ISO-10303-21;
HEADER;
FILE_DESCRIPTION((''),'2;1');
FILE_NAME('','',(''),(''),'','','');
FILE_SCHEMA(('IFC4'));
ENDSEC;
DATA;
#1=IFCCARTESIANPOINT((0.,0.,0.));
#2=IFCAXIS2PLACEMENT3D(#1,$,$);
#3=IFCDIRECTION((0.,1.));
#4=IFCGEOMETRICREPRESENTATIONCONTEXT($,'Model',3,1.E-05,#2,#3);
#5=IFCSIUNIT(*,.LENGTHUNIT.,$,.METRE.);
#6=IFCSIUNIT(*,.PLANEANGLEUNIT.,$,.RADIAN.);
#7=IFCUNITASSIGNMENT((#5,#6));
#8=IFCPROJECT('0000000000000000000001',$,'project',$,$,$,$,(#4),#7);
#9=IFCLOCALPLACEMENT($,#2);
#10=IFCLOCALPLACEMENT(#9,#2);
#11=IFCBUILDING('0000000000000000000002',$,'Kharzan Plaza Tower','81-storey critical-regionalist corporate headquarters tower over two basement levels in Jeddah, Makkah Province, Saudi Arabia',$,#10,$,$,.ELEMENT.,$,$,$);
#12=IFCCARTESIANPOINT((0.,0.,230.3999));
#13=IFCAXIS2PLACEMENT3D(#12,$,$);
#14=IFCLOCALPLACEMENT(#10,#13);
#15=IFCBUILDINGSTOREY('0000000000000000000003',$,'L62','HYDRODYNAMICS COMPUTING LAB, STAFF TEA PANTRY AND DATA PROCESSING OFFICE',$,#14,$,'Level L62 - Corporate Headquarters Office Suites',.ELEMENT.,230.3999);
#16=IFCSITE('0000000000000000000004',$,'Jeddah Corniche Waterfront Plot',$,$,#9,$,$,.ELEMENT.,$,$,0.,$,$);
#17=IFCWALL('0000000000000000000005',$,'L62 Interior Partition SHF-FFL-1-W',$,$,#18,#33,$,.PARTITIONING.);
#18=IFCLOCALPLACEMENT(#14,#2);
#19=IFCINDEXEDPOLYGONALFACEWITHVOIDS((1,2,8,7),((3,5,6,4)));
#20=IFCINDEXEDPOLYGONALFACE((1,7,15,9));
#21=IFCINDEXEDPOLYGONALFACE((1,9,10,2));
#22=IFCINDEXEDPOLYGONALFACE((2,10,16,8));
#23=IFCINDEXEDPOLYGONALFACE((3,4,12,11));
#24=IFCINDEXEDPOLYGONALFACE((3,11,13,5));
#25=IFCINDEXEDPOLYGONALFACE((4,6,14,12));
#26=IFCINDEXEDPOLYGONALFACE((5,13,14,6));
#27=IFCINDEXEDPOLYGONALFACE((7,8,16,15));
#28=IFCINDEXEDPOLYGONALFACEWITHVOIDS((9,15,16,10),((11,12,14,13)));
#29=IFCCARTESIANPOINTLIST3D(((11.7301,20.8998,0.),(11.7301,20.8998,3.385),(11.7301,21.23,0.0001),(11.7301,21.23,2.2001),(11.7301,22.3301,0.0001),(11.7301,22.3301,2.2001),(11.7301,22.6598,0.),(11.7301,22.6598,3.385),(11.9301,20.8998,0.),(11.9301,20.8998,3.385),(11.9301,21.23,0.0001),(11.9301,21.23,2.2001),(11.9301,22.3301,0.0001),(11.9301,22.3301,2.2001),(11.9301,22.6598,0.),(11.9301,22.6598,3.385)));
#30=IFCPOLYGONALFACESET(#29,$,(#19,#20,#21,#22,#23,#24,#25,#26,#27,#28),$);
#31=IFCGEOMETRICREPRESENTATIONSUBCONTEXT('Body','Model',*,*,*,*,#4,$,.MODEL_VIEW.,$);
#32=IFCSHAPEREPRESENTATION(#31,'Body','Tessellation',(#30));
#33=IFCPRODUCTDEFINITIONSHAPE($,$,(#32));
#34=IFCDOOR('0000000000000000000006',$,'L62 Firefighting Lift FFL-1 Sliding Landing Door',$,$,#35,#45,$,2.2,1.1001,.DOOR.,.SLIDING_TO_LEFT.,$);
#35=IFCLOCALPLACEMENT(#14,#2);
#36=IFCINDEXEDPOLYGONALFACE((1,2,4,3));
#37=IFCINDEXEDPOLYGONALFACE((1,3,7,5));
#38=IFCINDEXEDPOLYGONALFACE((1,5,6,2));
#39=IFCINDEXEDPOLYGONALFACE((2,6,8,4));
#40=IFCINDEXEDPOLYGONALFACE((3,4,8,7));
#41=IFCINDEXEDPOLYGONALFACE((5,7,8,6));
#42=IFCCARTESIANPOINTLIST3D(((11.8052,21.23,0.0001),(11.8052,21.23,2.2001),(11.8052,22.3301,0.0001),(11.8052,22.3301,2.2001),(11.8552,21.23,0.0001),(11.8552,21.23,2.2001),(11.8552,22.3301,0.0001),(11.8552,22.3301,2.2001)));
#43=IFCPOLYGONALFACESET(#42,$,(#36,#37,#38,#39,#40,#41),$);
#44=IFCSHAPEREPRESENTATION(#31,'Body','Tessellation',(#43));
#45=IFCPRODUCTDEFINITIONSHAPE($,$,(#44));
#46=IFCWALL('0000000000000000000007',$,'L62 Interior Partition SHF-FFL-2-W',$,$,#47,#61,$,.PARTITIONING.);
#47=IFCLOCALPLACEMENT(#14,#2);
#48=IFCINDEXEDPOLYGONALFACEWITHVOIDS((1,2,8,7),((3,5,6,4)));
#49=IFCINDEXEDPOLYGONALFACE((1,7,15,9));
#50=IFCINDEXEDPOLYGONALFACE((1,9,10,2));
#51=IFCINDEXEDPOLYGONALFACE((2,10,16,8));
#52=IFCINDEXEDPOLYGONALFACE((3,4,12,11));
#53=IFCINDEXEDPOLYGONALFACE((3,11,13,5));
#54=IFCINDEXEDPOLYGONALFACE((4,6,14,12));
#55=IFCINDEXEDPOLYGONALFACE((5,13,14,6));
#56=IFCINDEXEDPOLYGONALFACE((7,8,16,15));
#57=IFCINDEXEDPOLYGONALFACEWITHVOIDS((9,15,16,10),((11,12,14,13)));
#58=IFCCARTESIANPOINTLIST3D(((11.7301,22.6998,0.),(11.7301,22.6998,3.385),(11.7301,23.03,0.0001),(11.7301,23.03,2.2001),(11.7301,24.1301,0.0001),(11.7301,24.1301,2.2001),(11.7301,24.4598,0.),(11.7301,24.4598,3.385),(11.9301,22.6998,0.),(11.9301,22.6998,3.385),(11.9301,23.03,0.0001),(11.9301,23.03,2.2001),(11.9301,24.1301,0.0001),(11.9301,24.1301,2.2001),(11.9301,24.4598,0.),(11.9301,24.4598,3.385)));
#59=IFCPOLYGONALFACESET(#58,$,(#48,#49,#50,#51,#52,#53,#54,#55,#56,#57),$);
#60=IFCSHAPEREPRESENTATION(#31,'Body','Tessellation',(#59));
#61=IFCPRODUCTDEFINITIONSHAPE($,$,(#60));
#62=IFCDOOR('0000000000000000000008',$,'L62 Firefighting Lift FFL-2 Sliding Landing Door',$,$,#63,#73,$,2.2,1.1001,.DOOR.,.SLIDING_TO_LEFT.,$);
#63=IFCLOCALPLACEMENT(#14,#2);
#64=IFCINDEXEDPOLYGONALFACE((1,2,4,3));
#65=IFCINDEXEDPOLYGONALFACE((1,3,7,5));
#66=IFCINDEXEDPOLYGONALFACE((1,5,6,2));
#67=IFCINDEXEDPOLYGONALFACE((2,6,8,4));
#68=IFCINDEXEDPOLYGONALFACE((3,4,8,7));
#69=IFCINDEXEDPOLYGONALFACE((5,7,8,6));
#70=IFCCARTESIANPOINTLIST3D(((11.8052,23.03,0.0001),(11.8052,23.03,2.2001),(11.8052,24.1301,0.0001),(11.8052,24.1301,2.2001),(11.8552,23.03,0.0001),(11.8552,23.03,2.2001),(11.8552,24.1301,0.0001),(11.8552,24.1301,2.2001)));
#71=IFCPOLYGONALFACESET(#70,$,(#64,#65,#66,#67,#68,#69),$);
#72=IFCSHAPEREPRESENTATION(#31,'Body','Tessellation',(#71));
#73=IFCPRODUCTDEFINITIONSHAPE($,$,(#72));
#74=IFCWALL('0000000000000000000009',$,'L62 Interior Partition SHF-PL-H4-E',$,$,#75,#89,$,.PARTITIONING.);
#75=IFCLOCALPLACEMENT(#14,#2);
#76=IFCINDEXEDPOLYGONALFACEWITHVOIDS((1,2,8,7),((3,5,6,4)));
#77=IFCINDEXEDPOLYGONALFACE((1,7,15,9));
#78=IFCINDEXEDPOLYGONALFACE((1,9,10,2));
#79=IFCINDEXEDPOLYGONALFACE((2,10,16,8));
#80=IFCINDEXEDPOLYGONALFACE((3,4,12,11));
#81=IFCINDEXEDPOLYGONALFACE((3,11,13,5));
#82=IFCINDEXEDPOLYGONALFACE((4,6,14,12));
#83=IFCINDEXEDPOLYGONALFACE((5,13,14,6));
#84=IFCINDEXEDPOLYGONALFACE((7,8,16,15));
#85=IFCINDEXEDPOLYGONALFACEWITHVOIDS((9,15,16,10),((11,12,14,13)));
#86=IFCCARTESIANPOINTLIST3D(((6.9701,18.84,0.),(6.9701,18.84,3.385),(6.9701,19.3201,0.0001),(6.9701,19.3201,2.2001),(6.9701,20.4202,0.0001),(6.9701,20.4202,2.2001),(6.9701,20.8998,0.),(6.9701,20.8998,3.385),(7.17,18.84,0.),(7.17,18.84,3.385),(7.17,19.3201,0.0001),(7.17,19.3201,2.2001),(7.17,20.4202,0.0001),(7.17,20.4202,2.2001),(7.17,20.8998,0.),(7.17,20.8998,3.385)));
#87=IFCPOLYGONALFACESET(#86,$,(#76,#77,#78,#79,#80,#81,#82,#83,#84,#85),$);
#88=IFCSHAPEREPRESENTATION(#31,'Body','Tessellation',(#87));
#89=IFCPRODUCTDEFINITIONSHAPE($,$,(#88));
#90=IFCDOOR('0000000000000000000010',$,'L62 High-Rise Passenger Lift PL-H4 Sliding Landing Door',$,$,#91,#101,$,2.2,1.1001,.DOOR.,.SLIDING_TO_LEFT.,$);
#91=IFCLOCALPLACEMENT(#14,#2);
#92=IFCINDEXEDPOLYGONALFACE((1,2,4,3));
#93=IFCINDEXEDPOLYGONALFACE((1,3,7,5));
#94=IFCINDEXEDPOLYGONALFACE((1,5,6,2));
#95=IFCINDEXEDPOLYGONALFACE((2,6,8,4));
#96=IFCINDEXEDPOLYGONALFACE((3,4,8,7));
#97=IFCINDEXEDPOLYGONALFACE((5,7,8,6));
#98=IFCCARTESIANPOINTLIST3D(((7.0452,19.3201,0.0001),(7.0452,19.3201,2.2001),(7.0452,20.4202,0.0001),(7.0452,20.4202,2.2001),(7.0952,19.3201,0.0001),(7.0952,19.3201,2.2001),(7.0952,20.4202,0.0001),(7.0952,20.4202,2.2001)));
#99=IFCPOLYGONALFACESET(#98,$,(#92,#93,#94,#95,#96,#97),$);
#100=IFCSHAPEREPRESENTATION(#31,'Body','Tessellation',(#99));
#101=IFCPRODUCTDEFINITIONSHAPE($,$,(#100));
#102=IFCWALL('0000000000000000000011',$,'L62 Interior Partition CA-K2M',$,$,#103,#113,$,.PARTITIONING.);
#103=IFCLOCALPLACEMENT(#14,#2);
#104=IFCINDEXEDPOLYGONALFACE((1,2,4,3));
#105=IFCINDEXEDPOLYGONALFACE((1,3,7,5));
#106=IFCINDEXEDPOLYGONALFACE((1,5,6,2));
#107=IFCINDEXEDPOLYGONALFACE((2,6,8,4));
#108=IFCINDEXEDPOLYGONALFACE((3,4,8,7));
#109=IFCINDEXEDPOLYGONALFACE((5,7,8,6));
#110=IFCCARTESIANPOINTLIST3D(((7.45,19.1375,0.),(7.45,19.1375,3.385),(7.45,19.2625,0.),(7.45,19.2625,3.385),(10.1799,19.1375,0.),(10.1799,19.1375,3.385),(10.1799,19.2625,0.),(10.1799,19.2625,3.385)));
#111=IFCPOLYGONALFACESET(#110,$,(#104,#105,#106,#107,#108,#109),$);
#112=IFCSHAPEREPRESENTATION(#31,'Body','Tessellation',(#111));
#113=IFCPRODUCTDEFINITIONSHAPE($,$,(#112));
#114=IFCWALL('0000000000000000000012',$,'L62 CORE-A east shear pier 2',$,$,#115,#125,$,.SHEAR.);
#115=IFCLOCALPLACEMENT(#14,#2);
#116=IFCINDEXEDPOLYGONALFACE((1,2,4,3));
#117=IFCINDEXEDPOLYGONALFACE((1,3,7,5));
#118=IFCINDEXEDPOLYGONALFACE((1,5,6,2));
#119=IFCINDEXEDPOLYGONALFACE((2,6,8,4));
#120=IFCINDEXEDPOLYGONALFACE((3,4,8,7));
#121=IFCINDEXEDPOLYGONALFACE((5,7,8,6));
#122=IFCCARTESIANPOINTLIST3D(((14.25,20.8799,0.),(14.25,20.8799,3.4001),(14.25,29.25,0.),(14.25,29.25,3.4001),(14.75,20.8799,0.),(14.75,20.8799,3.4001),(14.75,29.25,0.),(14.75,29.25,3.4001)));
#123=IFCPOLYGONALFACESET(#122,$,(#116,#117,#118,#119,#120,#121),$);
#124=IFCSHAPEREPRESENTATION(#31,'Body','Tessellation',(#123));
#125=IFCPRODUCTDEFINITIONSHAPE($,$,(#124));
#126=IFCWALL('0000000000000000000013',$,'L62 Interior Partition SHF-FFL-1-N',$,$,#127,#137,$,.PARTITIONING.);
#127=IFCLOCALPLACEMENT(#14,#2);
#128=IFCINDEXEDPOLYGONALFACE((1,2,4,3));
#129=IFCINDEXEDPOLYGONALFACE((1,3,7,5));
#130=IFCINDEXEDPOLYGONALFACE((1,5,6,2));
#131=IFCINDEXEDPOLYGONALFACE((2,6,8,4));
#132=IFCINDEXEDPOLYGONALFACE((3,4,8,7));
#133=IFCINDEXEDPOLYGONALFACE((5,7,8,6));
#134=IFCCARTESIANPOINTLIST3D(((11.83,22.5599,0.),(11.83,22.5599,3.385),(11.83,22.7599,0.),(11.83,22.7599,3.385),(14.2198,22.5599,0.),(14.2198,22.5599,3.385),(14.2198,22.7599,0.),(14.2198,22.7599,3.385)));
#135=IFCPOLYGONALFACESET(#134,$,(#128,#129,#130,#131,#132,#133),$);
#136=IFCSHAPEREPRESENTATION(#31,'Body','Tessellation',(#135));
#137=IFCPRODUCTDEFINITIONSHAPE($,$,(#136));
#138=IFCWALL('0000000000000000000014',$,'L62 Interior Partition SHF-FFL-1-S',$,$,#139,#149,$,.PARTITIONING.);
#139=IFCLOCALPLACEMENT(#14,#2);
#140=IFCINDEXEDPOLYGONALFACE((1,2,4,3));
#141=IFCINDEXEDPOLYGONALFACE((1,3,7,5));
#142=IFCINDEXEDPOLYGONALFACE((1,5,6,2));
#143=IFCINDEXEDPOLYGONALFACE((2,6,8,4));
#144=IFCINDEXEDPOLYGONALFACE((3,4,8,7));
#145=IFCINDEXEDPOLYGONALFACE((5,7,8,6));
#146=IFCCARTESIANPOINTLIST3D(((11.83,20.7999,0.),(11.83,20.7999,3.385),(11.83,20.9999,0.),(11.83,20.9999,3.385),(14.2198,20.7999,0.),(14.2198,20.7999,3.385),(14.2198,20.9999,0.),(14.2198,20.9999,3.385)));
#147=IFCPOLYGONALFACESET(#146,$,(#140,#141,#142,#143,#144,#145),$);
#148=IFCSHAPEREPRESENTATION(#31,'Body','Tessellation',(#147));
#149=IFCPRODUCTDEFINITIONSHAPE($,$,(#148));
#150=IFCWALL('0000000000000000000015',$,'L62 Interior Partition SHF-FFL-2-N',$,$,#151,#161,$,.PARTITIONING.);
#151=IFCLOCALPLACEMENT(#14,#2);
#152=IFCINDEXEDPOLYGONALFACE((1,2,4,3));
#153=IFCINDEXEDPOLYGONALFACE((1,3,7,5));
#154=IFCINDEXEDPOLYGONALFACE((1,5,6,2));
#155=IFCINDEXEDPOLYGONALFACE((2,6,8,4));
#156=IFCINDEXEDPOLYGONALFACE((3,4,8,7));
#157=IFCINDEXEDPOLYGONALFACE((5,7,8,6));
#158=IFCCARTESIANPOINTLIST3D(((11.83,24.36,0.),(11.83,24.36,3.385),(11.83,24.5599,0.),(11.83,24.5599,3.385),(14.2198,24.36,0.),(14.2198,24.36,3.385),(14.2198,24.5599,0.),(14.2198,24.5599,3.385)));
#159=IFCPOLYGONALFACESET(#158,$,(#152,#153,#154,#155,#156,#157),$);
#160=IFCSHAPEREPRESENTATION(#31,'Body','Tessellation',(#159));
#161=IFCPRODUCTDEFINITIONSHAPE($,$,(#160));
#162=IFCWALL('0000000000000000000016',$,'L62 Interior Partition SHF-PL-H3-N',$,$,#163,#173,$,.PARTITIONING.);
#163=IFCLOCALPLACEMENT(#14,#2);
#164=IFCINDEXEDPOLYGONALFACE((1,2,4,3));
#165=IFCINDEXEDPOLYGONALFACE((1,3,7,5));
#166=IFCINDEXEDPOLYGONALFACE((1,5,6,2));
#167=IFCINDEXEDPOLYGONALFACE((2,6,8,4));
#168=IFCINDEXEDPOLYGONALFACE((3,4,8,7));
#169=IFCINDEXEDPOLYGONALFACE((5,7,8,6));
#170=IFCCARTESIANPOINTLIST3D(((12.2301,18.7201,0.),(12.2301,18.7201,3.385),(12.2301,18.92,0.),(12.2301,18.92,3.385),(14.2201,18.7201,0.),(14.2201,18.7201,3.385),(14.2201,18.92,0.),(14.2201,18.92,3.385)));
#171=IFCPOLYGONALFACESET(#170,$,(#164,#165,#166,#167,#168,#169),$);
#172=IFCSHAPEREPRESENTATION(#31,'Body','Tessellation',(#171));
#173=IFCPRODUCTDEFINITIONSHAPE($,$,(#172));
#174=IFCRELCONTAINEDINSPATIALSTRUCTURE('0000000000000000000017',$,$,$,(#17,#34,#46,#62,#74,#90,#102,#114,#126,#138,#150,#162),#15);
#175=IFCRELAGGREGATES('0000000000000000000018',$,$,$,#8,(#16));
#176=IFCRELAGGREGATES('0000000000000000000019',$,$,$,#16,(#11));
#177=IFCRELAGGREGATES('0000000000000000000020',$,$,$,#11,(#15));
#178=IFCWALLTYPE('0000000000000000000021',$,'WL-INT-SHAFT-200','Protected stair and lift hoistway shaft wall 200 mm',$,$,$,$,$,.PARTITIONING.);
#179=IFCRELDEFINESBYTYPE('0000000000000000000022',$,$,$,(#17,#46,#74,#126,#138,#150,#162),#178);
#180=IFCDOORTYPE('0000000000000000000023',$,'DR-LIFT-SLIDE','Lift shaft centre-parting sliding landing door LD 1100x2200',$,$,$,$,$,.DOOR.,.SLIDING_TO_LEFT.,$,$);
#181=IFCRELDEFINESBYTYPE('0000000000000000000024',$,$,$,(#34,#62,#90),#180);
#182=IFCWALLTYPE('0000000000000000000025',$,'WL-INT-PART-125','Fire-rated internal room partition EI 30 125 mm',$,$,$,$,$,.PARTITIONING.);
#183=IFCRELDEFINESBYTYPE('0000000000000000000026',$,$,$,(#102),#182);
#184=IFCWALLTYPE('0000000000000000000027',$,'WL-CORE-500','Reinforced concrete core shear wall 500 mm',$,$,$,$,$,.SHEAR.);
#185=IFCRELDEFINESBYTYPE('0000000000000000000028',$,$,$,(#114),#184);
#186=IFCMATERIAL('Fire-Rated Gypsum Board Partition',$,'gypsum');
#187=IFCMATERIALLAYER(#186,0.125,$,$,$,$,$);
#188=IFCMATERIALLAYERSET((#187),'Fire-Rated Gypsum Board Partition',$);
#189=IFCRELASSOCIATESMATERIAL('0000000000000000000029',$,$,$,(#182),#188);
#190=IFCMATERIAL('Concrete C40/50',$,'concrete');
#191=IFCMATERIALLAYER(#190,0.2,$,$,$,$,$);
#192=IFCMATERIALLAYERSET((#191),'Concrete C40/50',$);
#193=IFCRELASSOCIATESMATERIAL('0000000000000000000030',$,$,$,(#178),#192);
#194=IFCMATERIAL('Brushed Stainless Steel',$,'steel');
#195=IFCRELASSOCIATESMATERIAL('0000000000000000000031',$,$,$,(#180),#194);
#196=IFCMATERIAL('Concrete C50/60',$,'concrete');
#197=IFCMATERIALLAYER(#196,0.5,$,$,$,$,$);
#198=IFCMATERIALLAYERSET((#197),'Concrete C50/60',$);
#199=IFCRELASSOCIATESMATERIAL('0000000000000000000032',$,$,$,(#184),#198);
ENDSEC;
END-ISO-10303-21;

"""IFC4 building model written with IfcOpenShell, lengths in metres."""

from ifc_helpers import new_model, si_unit, direction, frame, frame_2d, origin, place, context, subcontext, project, spatial, rectangle, extrude, source, transform, mapped, material, layer, layer_set, type_object, element, fill, save


model = new_model("IFC4")

# Units and contexts
model_context = context("Model", 3, precision=1e-05, world=origin(), true_north=direction((0.0, 1.0)))
body_context = subcontext(model_context, "Body", "Model", "MODEL_VIEW")
ifc_project = project(units=[si_unit("LENGTHUNIT", "METRE"), si_unit("PLANEANGLEUNIT", "RADIAN")], contexts=[model_context])

# Site, building, storey
site_placement = place(None, origin())
site = spatial("IfcSite", under=ifc_project, at=site_placement, Name="Jeddah Corniche Waterfront Plot", CompositionType="ELEMENT", RefElevation=0.0)
building_placement = place(site_placement, origin())
building = spatial("IfcBuilding", under=site, at=building_placement, Name="Kharzan Plaza Tower", Description="81-storey critical-regionalist corporate headquarters tower over two basement levels in Jeddah, Makkah Province, Saudi Arabia", CompositionType="ELEMENT")
storey_placement = place(building_placement, frame((0.0, 0.0, 230.3999)))
storey = spatial("IfcBuildingStorey", under=building, at=storey_placement, Name="L62", Description="HYDRODYNAMICS COMPUTING LAB, STAFF TEA PANTRY AND DATA PROCESSING OFFICE", LongName="Level L62 - Corporate Headquarters Office Suites", CompositionType="ELEMENT", Elevation=230.3999)

# Walls, openings, doors
ifc_material_1 = material(Name="Concrete C40/50", Category="concrete")
ifc_material_2 = material(Name="Fire-Rated Gypsum Board Partition", Category="gypsum")
ifc_layer_1 = layer(ifc_material_2, 0.125)
ifc_layer_set_1 = layer_set([ifc_layer_1], Name="Fire-Rated Gypsum Board Partition")
wall_type_1 = type_object("IfcWallType", Name="WL-INT-PART-125", Description="Fire-rated internal room partition EI 30 125 mm", PredefinedType="PARTITIONING", material=ifc_layer_set_1)
ifc_layer_2 = layer(ifc_material_1, 0.2)
ifc_layer_set_2 = layer_set([ifc_layer_2], Name="Concrete C40/50")
wall_type_2 = type_object("IfcWallType", Name="WL-INT-SHAFT-200", Description="Protected stair and lift hoistway shaft wall 200 mm", PredefinedType="PARTITIONING", material=ifc_layer_set_2)
wall_1_placement = place(storey_placement, frame((11.8301, 20.8999, 0.0), z_axis=(0.0, 0.0, 1.0), x_axis=(0.0, 1.0, 0.0)))
wall_1 = element("IfcWall", 1, at=wall_1_placement, inside=storey, type_object=wall_type_2, Name="L62 Interior Partition SHF-FFL-1-W", PredefinedType="PARTITIONING", context=body_context, shape_type="SweptSolid", body=[
    extrude(rectangle(XDim=1.76, YDim=0.2, at=frame_2d((0.8799, 0.0))), origin(), (0.0, 0.0, 1.0), 3.385),
])
opening_1_placement = place(wall_1_placement, frame((0.3301, 0.0, 0.0)))
opening_1 = element("IfcOpeningElement", 2, at=opening_1_placement, cuts=wall_1, PredefinedType="OPENING", context=body_context, shape_type="SweptSolid", body=[
    extrude(rectangle(XDim=1.1001, YDim=2.2, at=frame_2d((0.55, 1.1001))), frame((0.0, 0.1099, 0.0), z_axis=(0.0, -1.0, 0.0), x_axis=(1.0, 0.0, 0.0)), (0.0, 0.0, 1.0), 0.22),
])
ifc_material_3 = material(Name="Brushed Stainless Steel", Category="steel")
door_type_1 = type_object("IfcDoorType", Name="DR-LIFT-SLIDE", Description="Lift shaft centre-parting sliding landing door LD 1100x2200", OperationType="SLIDING_TO_LEFT", PredefinedType="DOOR", material=ifc_material_3)
shared_shape_1 = source(origin(), body_context, "Body", "SweptSolid", [
    extrude(rectangle(XDim=1.1001, YDim=2.2, at=frame_2d((0.55, 1.1001))), frame((0.0, 0.0249, 0.0), z_axis=(0.0, -1.0, 0.0), x_axis=(1.0, 0.0, 0.0)), (0.0, 0.0, 1.0), 0.05),
])
door_1_placement = place(opening_1_placement, origin())
door_1 = element("IfcDoor", 3, at=door_1_placement, inside=storey, type_object=door_type_1, Name="L62 Firefighting Lift FFL-1 Sliding Landing Door", OperationType="SLIDING_TO_LEFT", OverallHeight=2.2, OverallWidth=1.1001, PredefinedType="DOOR", context=body_context, shape_type="MappedRepresentation", body=[
    mapped(shared_shape_1, transform((0.0, 0.0, 0.0), x_axis=(1.0, 0.0, 0.0), y_axis=(0.0, 1.0, 0.0), z_axis=(0.0, 0.0, 1.0))),
])
fill(opening_1, door_1)
wall_2_placement = place(storey_placement, frame((11.8301, 22.7, 0.0), z_axis=(0.0, 0.0, 1.0), x_axis=(0.0, 1.0, 0.0)))
wall_2 = element("IfcWall", 4, at=wall_2_placement, inside=storey, type_object=wall_type_2, Name="L62 Interior Partition SHF-FFL-2-W", PredefinedType="PARTITIONING", context=body_context, shape_type="SweptSolid", body=[
    extrude(rectangle(XDim=1.76, YDim=0.2, at=frame_2d((0.8799, 0.0))), origin(), (0.0, 0.0, 1.0), 3.385),
])
opening_2_placement = place(wall_2_placement, frame((0.3301, 0.0, 0.0)))
opening_2 = element("IfcOpeningElement", 5, at=opening_2_placement, cuts=wall_2, PredefinedType="OPENING", context=body_context, shape_type="SweptSolid", body=[
    extrude(rectangle(XDim=1.1001, YDim=2.2, at=frame_2d((0.55, 1.1001))), frame((0.0, 0.1099, 0.0), z_axis=(0.0, -1.0, 0.0), x_axis=(1.0, 0.0, 0.0)), (0.0, 0.0, 1.0), 0.22),
])
door_2_placement = place(opening_2_placement, origin())
door_2 = element("IfcDoor", 6, at=door_2_placement, inside=storey, type_object=door_type_1, Name="L62 Firefighting Lift FFL-2 Sliding Landing Door", OperationType="SLIDING_TO_LEFT", OverallHeight=2.2, OverallWidth=1.1001, PredefinedType="DOOR", context=body_context, shape_type="MappedRepresentation", body=[
    mapped(shared_shape_1, transform((0.0, 0.0, 0.0), x_axis=(1.0, 0.0, 0.0), y_axis=(0.0, 1.0, 0.0), z_axis=(0.0, 0.0, 1.0))),
])
fill(opening_2, door_2)
wall_3_placement = place(storey_placement, frame((7.0701, 18.8401, 0.0), z_axis=(0.0, 0.0, 1.0), x_axis=(0.0, 1.0, 0.0)))
wall_3 = element("IfcWall", 7, at=wall_3_placement, inside=storey, type_object=wall_type_2, Name="L62 Interior Partition SHF-PL-H4-E", PredefinedType="PARTITIONING", context=body_context, shape_type="SweptSolid", body=[
    extrude(rectangle(XDim=2.0598, YDim=0.2, at=frame_2d((1.0298, 0.0))), origin(), (0.0, 0.0, 1.0), 3.385),
])
opening_3_placement = place(wall_3_placement, frame((0.48, 0.0, 0.0)))
opening_3 = element("IfcOpeningElement", 8, at=opening_3_placement, cuts=wall_3, PredefinedType="OPENING", context=body_context, shape_type="SweptSolid", body=[
    extrude(rectangle(XDim=1.1001, YDim=2.2, at=frame_2d((0.55, 1.1001))), frame((0.0, 0.1099, 0.0), z_axis=(0.0, -1.0, 0.0), x_axis=(1.0, 0.0, 0.0)), (0.0, 0.0, 1.0), 0.22),
])
door_3_placement = place(opening_3_placement, origin())
door_3 = element("IfcDoor", 9, at=door_3_placement, inside=storey, type_object=door_type_1, Name="L62 High-Rise Passenger Lift PL-H4 Sliding Landing Door", OperationType="SLIDING_TO_LEFT", OverallHeight=2.2, OverallWidth=1.1001, PredefinedType="DOOR", context=body_context, shape_type="MappedRepresentation", body=[
    mapped(shared_shape_1, transform((0.0, 0.0, 0.0), x_axis=(1.0, 0.0, 0.0), y_axis=(0.0, 1.0, 0.0), z_axis=(0.0, 0.0, 1.0))),
])
fill(opening_3, door_3)

# Walls
shared_shape_2 = source(origin(), body_context, "Body", "SweptSolid", [
    extrude(rectangle(XDim=2.73, YDim=0.125, at=frame_2d((1.365, 0.0))), origin(), (0.0, 0.0, 1.0), 3.385),
])
wall_4_placement = place(storey_placement, frame((7.45, 19.2, 0.0), z_axis=(0.0, 0.0, 1.0), x_axis=(1.0, 0.0, 0.0)))
element("IfcWall", 10, at=wall_4_placement, inside=storey, type_object=wall_type_1, Name="L62 Interior Partition CA-K2M", PredefinedType="PARTITIONING", context=body_context, shape_type="MappedRepresentation", body=[
    mapped(shared_shape_2, transform((0.0, 0.0, 0.0), x_axis=(1.0, 0.0, 0.0), y_axis=(0.0, 1.0, 0.0), z_axis=(0.0, 0.0, 1.0))),
])
ifc_material_4 = material(Name="Concrete C50/60", Category="concrete")
ifc_layer_3 = layer(ifc_material_4, 0.5)
ifc_layer_set_3 = layer_set([ifc_layer_3], Name="Concrete C50/60")
wall_type_3 = type_object("IfcWallType", Name="WL-CORE-500", Description="Reinforced concrete core shear wall 500 mm", PredefinedType="SHEAR", material=ifc_layer_set_3)
shared_shape_3 = source(origin(), body_context, "Body", "SweptSolid", [
    extrude(rectangle(XDim=8.3701, YDim=0.5, at=frame_2d((4.1851, 0.0))), origin(), (0.0, 0.0, 1.0), 3.4001),
])
wall_5_placement = place(storey_placement, frame((14.5, 20.8799, 0.0), z_axis=(0.0, 0.0, 1.0), x_axis=(0.0, 1.0, 0.0)))
element("IfcWall", 11, at=wall_5_placement, inside=storey, type_object=wall_type_3, Name="L62 CORE-A east shear pier 2", PredefinedType="SHEAR", context=body_context, shape_type="MappedRepresentation", body=[
    mapped(shared_shape_3, transform((0.0, 0.0, 0.0), x_axis=(1.0, 0.0, 0.0), y_axis=(0.0, 1.0, 0.0), z_axis=(0.0, 0.0, 1.0))),
])
shared_shape_4 = source(origin(), body_context, "Body", "SweptSolid", [
    extrude(rectangle(XDim=2.3899, YDim=0.2, at=frame_2d((1.1948, 0.0))), origin(), (0.0, 0.0, 1.0), 3.385),
])
for number, where, z_axis, x_axis, name in (
    (12, (11.8301, 22.6599, 0.0), (0.0, 0.0, 1.0), (1.0, 0.0, 0.0), "L62 Interior Partition SHF-FFL-1-N"),
    (13, (11.8301, 20.8999, 0.0), (0.0, 0.0, 1.0), (1.0, 0.0, 0.0), "L62 Interior Partition SHF-FFL-1-S"),
    (14, (11.8301, 24.46, 0.0), (0.0, 0.0, 1.0), (1.0, 0.0, 0.0), "L62 Interior Partition SHF-FFL-2-N"),
):
    element("IfcWall", number, at=place(storey_placement, frame(where, z_axis=z_axis, x_axis=x_axis)), inside=storey, type_object=wall_type_2, Name=name, PredefinedType="PARTITIONING", context=body_context, shape_type="MappedRepresentation", body=[
        mapped(shared_shape_4, transform((0.0, 0.0, 0.0), x_axis=(1.0, 0.0, 0.0), y_axis=(0.0, 1.0, 0.0), z_axis=(0.0, 0.0, 1.0))),
    ])
shared_shape_5 = source(origin(), body_context, "Body", "SweptSolid", [
    extrude(rectangle(XDim=1.99, YDim=0.2, at=frame_2d((0.9951, 0.0))), origin(), (0.0, 0.0, 1.0), 3.385),
])
wall_6_placement = place(storey_placement, frame((12.23, 18.8201, 0.0), z_axis=(0.0, 0.0, 1.0), x_axis=(1.0, 0.0, 0.0)))
element("IfcWall", 15, at=wall_6_placement, inside=storey, type_object=wall_type_2, Name="L62 Interior Partition SHF-PL-H3-N", PredefinedType="PARTITIONING", context=body_context, shape_type="MappedRepresentation", body=[
    mapped(shared_shape_5, transform((0.0, 0.0, 0.0), x_axis=(1.0, 0.0, 0.0), y_axis=(0.0, 1.0, 0.0), z_axis=(0.0, 0.0, 1.0))),
])

save(model, "model.ifc")
